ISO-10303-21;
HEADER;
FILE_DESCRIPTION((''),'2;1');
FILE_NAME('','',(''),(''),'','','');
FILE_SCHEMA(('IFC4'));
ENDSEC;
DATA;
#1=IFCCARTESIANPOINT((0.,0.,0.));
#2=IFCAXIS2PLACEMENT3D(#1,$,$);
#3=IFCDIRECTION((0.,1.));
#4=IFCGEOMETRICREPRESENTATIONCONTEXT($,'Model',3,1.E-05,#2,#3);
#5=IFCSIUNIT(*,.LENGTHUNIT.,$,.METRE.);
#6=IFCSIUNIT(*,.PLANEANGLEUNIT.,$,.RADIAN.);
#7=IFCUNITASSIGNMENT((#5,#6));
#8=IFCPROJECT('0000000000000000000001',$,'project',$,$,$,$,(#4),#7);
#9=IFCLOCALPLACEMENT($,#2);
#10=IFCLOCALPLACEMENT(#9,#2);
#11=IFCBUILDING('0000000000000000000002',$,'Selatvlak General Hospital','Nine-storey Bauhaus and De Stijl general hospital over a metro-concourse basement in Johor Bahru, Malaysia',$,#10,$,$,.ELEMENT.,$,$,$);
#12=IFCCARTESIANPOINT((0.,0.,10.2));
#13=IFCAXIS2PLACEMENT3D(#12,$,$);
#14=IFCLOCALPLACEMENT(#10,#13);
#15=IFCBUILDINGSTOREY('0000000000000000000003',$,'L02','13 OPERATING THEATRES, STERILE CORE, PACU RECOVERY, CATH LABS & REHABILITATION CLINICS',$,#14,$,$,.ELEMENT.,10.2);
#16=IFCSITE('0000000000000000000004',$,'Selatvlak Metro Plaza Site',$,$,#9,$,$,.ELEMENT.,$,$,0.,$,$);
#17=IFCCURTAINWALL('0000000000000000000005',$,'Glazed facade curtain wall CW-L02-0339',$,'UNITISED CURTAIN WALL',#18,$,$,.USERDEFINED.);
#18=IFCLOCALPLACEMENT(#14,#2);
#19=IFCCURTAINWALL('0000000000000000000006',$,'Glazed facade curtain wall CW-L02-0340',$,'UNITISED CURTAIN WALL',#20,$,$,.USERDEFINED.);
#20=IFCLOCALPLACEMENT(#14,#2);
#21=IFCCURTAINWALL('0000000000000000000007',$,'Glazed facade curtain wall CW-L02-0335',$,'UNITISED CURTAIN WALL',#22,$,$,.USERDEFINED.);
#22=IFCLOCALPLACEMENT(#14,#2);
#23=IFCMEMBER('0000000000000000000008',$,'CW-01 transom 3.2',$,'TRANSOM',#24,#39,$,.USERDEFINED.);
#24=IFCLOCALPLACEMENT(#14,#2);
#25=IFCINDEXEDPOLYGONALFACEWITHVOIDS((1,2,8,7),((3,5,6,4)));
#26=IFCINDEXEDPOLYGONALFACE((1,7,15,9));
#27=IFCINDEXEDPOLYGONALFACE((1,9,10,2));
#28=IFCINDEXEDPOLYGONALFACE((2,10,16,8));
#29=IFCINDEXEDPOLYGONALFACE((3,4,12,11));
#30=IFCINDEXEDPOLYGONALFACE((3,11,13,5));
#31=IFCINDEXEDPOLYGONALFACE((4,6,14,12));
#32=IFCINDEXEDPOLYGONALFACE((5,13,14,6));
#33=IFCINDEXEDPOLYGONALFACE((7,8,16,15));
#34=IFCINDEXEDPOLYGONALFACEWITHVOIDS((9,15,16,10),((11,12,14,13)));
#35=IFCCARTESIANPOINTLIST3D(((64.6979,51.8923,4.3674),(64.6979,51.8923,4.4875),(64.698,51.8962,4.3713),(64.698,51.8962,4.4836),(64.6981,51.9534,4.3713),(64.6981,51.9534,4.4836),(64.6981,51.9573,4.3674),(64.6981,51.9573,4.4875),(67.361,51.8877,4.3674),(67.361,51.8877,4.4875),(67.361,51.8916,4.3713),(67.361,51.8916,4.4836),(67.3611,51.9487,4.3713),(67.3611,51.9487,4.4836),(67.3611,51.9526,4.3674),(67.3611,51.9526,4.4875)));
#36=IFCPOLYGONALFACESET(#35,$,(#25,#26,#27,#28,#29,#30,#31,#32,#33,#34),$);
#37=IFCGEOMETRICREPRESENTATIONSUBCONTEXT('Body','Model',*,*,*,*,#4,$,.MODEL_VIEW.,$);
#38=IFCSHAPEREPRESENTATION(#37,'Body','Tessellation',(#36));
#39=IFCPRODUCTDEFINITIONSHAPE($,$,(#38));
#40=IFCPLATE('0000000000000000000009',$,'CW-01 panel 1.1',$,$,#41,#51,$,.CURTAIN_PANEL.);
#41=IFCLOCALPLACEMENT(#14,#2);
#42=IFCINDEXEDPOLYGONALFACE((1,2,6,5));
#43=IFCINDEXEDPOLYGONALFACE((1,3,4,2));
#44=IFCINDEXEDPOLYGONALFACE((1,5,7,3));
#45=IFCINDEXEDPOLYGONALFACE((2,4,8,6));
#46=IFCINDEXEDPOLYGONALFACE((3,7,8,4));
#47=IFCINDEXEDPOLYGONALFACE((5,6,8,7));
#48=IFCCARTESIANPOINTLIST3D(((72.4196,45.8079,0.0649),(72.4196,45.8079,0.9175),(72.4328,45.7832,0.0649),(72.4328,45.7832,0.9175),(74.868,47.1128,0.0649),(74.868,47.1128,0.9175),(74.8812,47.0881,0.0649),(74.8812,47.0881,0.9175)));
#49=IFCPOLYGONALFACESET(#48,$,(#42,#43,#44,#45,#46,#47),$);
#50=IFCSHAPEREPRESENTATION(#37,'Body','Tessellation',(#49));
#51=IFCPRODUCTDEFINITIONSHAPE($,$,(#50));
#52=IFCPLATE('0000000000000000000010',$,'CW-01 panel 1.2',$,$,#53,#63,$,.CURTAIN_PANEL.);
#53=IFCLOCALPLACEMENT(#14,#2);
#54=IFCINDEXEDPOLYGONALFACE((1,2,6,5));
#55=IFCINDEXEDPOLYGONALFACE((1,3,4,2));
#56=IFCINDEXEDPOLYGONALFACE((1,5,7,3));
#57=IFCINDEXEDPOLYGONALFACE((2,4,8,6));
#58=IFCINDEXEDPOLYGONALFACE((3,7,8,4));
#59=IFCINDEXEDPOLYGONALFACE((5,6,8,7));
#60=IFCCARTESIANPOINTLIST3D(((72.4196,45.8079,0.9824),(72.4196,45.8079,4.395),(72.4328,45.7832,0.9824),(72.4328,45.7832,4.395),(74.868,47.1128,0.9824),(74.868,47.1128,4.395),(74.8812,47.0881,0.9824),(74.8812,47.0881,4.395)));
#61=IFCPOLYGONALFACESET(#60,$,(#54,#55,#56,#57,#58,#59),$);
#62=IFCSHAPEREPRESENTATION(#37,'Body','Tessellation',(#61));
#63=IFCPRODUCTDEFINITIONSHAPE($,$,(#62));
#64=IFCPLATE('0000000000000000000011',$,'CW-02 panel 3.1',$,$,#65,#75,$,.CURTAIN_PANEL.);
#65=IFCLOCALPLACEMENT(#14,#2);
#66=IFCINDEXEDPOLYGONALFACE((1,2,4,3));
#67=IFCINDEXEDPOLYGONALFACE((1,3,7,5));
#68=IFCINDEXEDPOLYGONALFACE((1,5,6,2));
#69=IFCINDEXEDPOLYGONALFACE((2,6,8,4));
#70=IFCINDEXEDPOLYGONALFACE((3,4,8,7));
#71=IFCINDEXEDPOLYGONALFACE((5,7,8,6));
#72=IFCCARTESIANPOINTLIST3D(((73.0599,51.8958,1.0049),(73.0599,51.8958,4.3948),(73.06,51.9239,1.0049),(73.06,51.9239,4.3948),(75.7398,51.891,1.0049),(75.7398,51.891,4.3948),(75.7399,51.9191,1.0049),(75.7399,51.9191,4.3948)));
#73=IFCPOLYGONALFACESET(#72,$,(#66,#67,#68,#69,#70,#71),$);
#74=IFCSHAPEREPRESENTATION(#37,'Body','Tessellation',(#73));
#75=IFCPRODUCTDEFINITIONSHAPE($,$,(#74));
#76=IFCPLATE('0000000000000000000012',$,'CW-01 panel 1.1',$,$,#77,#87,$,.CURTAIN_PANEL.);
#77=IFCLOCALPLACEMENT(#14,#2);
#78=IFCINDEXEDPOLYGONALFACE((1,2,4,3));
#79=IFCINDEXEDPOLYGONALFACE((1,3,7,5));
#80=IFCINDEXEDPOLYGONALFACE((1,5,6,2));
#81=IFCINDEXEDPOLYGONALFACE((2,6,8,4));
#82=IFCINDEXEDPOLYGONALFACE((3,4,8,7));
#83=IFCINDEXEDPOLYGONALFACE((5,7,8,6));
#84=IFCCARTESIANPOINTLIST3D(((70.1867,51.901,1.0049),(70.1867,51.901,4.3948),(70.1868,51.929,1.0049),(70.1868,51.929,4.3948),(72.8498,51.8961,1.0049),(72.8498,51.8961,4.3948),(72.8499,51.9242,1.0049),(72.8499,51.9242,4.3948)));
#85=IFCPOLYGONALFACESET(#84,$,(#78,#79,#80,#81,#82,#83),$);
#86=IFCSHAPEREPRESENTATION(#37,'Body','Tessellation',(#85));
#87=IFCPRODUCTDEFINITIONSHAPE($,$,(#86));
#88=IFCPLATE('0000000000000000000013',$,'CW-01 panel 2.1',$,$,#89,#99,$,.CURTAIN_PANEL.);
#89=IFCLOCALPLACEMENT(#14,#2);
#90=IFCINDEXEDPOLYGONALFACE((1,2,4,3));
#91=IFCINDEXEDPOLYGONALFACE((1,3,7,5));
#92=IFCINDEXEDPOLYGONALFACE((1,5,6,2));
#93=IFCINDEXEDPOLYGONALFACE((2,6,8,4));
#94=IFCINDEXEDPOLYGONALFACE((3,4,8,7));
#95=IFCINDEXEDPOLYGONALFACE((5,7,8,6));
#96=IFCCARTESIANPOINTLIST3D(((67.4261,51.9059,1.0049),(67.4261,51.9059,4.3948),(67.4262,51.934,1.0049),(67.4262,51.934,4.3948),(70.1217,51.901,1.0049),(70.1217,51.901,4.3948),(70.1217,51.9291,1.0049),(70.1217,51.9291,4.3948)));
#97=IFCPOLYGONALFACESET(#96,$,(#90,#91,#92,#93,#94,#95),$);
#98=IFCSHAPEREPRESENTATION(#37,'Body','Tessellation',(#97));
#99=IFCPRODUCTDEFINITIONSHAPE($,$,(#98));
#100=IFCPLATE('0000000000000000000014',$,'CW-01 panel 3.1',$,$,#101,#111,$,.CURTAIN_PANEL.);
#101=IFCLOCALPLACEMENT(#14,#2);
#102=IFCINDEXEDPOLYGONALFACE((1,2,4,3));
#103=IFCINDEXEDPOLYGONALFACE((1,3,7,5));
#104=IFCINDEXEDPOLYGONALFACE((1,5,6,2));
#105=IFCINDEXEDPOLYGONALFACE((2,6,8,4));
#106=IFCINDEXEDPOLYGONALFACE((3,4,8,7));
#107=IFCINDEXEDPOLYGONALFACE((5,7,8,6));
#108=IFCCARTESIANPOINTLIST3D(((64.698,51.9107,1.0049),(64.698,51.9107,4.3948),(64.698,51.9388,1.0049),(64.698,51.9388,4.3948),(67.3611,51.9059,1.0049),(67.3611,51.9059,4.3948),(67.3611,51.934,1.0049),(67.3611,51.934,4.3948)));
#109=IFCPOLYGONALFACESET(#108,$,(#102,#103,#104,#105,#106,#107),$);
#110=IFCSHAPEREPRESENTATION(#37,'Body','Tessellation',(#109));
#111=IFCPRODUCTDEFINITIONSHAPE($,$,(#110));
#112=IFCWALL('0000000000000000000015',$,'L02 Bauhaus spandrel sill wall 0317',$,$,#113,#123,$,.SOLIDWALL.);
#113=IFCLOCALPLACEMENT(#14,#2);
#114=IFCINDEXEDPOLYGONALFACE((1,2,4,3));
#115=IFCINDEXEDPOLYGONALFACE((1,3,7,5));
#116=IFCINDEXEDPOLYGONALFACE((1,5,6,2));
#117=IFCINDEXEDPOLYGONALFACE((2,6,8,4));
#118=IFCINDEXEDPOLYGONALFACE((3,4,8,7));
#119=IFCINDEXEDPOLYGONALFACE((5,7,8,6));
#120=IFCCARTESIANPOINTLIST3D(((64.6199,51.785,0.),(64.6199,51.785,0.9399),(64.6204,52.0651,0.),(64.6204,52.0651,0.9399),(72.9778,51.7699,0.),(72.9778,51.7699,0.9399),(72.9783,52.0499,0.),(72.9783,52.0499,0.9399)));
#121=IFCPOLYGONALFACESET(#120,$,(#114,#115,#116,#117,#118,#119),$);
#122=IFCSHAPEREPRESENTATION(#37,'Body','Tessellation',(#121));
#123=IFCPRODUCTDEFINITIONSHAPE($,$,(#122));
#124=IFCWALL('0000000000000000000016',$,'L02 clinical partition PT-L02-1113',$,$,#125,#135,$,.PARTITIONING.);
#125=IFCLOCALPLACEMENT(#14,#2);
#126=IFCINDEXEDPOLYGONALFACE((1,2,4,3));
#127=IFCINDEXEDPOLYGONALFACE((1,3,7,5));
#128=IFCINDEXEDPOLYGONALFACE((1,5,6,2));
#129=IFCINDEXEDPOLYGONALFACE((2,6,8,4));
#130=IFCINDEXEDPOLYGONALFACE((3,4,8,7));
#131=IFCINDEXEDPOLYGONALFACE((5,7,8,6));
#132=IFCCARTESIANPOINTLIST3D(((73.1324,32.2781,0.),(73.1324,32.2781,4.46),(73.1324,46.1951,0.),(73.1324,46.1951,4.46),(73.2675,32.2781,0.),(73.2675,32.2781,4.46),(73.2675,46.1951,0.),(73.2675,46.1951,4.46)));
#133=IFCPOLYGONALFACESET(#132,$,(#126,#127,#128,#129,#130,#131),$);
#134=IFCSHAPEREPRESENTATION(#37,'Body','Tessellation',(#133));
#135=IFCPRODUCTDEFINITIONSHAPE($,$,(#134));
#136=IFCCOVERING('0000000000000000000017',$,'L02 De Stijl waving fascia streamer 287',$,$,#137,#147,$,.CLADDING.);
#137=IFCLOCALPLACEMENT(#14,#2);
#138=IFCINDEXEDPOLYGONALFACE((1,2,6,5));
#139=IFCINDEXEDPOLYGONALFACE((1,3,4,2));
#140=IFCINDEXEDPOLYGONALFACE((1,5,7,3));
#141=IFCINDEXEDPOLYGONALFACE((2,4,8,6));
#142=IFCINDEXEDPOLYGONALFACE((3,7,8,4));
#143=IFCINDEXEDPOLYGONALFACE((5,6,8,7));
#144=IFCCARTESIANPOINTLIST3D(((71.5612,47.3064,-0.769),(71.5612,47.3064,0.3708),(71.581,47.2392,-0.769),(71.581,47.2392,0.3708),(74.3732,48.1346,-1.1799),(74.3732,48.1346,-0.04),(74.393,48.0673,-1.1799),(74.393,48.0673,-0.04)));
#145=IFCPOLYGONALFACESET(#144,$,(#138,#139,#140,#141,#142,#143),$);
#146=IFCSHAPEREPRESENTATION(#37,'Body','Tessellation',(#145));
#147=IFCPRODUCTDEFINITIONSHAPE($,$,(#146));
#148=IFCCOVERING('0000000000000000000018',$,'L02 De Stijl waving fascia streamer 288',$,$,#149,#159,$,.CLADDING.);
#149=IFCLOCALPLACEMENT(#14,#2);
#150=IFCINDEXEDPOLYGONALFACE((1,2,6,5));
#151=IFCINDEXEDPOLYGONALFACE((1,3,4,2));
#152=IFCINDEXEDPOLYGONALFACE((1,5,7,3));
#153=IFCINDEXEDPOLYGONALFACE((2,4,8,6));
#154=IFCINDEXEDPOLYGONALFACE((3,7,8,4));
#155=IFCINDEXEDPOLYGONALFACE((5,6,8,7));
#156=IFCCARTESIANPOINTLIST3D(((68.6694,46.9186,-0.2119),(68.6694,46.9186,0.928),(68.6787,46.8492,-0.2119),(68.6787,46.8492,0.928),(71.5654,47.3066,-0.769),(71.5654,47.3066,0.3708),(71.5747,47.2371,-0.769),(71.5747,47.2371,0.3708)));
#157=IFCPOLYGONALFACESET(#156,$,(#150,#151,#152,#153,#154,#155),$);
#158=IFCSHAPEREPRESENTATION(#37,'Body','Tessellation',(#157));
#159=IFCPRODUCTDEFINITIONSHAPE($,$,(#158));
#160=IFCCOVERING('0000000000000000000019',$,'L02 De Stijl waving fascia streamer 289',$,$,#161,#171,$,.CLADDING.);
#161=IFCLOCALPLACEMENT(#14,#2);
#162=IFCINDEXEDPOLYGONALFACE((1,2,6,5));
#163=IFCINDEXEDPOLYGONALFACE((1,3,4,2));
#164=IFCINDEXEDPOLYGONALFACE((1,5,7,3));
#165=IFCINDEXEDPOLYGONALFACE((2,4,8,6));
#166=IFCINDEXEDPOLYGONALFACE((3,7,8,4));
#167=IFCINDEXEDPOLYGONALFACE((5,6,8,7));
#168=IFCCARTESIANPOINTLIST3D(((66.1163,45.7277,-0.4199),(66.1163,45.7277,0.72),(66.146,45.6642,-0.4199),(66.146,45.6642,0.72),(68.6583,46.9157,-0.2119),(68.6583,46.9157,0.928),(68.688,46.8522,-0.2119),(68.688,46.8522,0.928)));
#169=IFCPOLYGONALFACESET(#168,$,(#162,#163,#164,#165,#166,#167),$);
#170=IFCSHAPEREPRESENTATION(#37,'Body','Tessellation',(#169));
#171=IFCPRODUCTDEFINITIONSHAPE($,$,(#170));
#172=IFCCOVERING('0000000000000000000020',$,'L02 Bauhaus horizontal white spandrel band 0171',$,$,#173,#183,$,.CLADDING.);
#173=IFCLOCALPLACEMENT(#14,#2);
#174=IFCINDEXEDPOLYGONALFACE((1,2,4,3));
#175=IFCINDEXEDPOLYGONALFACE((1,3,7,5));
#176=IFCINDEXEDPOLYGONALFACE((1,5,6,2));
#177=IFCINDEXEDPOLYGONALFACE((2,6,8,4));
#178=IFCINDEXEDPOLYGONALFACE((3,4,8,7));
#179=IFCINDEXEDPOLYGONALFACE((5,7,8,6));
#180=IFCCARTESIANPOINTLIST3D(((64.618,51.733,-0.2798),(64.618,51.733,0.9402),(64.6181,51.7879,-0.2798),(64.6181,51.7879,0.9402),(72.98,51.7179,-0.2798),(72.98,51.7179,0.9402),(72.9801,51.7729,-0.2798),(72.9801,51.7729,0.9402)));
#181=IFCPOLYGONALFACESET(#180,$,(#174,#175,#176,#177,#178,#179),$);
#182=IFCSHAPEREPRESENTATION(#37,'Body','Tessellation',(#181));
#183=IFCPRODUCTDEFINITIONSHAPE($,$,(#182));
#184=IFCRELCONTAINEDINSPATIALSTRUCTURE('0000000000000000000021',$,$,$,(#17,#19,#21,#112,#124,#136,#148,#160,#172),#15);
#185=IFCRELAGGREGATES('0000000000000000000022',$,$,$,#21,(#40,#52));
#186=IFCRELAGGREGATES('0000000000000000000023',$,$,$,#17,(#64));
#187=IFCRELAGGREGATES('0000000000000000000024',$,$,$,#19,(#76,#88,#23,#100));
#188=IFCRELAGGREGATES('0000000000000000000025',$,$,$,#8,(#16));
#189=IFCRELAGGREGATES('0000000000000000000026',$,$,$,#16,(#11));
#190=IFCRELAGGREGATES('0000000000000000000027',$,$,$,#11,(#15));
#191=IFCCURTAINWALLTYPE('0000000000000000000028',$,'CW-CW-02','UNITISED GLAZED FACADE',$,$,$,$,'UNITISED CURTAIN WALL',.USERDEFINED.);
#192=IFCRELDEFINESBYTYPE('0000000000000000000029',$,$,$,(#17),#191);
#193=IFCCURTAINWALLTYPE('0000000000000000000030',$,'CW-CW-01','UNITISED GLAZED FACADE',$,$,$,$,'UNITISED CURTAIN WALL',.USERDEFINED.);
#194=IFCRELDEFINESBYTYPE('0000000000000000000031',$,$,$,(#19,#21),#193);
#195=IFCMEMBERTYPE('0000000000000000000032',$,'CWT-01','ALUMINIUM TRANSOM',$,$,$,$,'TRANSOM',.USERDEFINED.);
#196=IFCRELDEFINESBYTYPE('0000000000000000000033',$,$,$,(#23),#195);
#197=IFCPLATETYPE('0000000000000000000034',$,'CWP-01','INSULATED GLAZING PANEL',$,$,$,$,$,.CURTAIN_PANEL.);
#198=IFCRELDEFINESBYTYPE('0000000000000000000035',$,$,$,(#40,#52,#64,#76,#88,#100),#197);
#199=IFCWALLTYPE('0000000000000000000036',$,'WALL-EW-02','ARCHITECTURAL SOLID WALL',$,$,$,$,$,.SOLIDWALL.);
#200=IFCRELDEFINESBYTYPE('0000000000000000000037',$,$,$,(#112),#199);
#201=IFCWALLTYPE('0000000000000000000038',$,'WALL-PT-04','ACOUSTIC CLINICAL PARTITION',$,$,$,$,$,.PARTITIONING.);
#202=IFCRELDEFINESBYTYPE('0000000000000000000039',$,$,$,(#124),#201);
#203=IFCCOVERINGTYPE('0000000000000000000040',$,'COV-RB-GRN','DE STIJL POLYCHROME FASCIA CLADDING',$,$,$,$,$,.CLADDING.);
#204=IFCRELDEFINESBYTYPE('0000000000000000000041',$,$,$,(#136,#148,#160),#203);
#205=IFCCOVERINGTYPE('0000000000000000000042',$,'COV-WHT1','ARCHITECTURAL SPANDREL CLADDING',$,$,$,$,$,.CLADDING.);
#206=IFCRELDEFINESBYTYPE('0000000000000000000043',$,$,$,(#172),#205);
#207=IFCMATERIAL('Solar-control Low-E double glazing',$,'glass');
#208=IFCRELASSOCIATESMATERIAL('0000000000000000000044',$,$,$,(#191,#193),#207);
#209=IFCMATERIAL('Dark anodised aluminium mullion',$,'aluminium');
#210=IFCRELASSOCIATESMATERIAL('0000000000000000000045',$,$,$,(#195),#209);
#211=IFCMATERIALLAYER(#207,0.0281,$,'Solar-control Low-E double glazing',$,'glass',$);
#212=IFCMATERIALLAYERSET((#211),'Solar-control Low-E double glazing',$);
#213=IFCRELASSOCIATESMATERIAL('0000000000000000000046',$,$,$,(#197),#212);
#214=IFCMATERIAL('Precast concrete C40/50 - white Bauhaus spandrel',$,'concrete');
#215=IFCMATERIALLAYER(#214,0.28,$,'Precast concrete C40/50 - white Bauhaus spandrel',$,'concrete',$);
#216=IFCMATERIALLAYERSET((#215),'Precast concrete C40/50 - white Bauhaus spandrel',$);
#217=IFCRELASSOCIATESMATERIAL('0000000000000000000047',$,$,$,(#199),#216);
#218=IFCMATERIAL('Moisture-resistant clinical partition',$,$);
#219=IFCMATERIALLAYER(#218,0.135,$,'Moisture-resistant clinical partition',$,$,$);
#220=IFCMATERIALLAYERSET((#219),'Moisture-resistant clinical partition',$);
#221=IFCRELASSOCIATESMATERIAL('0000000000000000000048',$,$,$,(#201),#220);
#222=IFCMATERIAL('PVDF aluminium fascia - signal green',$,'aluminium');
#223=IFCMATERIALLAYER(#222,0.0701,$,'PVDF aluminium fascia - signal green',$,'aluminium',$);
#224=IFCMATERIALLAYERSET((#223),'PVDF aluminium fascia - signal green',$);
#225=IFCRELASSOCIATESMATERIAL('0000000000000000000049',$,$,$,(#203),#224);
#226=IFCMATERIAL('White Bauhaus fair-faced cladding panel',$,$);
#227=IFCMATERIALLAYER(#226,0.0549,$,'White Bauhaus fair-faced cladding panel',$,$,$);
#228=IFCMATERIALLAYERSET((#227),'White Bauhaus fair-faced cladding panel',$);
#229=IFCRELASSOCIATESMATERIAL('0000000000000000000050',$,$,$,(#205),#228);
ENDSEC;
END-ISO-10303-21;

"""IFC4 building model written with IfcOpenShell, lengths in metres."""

from ifc_helpers import new_model, si_unit, direction, frame, frame_2d, origin, origin_2d, place, context, subcontext, project, spatial, polyline, rectangle, hollow_rectangle, outline, extrude, material, layer, layer_set, material_profile, profile_set, type_object, element, aggregate, save


model = new_model("IFC4")

# Units and contexts
model_context = context("Model", 3, precision=1e-05, world=origin(), true_north=direction((0.0, 1.0)))
body_context = subcontext(model_context, "Body", "Model", "MODEL_VIEW")
ifc_project = project(units=[si_unit("LENGTHUNIT", "METRE"), si_unit("PLANEANGLEUNIT", "RADIAN")], contexts=[model_context])

# Site, building, storey
site_placement = place(None, origin())
site = spatial("IfcSite", under=ifc_project, at=site_placement, Name="Selatvlak Metro Plaza Site", CompositionType="ELEMENT", RefElevation=0.0)
building_placement = place(site_placement, origin())
building = spatial("IfcBuilding", under=site, at=building_placement, Name="Selatvlak General Hospital", Description="Nine-storey Bauhaus and De Stijl general hospital over a metro-concourse basement in Johor Bahru, Malaysia", CompositionType="ELEMENT")
storey_placement = place(building_placement, frame((0.0, 0.0, 10.2)))
storey = spatial("IfcBuildingStorey", under=building, at=storey_placement, Name="L02", Description="13 OPERATING THEATRES, STERILE CORE, PACU RECOVERY, CATH LABS & REHABILITATION CLINICS", CompositionType="ELEMENT", Elevation=10.2)

# Curtain wall
ifc_material_1 = material(Name="Solar-control Low-E double glazing", Category="glass")
curtain_wall_type_1 = type_object("IfcCurtainWallType", Name="CW-CW-02", Description="UNITISED GLAZED FACADE", ElementType="UNITISED CURTAIN WALL", PredefinedType="USERDEFINED", material=ifc_material_1)
curtain_wall_1_placement = place(storey_placement, origin())
curtain_wall_1 = element("IfcCurtainWall", 1, at=curtain_wall_1_placement, inside=storey, type_object=curtain_wall_type_1, Name="Glazed facade curtain wall CW-L02-0339", ObjectType="UNITISED CURTAIN WALL", PredefinedType="USERDEFINED")
ifc_material_2 = material(Name="Dark anodised aluminium mullion", Category="aluminium")

# Curtain walls
curtain_wall_type_2 = type_object("IfcCurtainWallType", Name="CW-CW-01", Description="UNITISED GLAZED FACADE", ElementType="UNITISED CURTAIN WALL", PredefinedType="USERDEFINED", material=ifc_material_1)
curtain_wall_2_placement = place(storey_placement, origin())
curtain_wall_2 = element("IfcCurtainWall", 2, at=curtain_wall_2_placement, inside=storey, type_object=curtain_wall_type_2, Name="Glazed facade curtain wall CW-L02-0340", ObjectType="UNITISED CURTAIN WALL", PredefinedType="USERDEFINED")
curtain_wall_3_placement = place(storey_placement, origin())
curtain_wall_3 = element("IfcCurtainWall", 3, at=curtain_wall_3_placement, inside=storey, type_object=curtain_wall_type_2, Name="Glazed facade curtain wall CW-L02-0335", ObjectType="UNITISED CURTAIN WALL", PredefinedType="USERDEFINED")
ifc_material_profile_1 = material_profile(ifc_material_2, hollow_rectangle(XDim=0.0649, YDim=0.1201, WallThickness=0.0039, at=origin_2d()), Name="AL-TRN 65x120x4")
ifc_profile_set_1 = profile_set([ifc_material_profile_1], Name="Dark anodised aluminium mullion")
member_type_1 = type_object("IfcMemberType", Name="CWT-01", Description="ALUMINIUM TRANSOM", ElementType="TRANSOM", PredefinedType="USERDEFINED", material=ifc_profile_set_1)

# Member
member_1_placement = place(storey_placement, frame((67.3611, 51.9202, 4.4275), z_axis=(-0.999998, 0.001742, 0.0), x_axis=(-0.001742, -0.999998, 0.0)))
member_1 = element("IfcMember", 4, at=member_1_placement, type_object=member_type_1, Name="CW-01 transom 3.2", ObjectType="TRANSOM", PredefinedType="USERDEFINED", context=body_context, shape_type="SweptSolid", body=[
    extrude(hollow_rectangle(XDim=0.0649, YDim=0.1201, WallThickness=0.0039, at=origin_2d()), origin(), (0.0, 0.0, 1.0), 2.6631),
])

# Plates
ifc_layer_1 = layer(ifc_material_1, 0.0281, Name="Solar-control Low-E double glazing", Category="glass")
ifc_layer_set_1 = layer_set([ifc_layer_1], Name="Solar-control Low-E double glazing")
plate_type = type_object("IfcPlateType", Name="CWP-01", Description="INSULATED GLAZING PANEL", PredefinedType="CURTAIN_PANEL", material=ifc_layer_set_1)
plate_1_placement = place(storey_placement, frame((73.6504, 46.448, 0.0649), z_axis=(0.0, 0.0, 1.0), x_axis=(0.882486, 0.470338, 0.0)))
plate_1 = element("IfcPlate", 5, at=plate_1_placement, type_object=plate_type, Name="CW-01 panel 1.1", PredefinedType="CURTAIN_PANEL", context=body_context, shape_type="SweptSolid", body=[
    extrude(rectangle(XDim=2.7744, YDim=0.0281, at=origin_2d()), origin(), (0.0, 0.0, 1.0), 0.8525),
])
plate_2_placement = place(storey_placement, frame((73.6504, 46.448, 0.9824), z_axis=(0.0, 0.0, 1.0), x_axis=(0.882486, 0.470338, 0.0)))
plate_2 = element("IfcPlate", 6, at=plate_2_placement, type_object=plate_type, Name="CW-01 panel 1.2", PredefinedType="CURTAIN_PANEL", context=body_context, shape_type="SweptSolid", body=[
    extrude(rectangle(XDim=2.7744, YDim=0.0281, at=origin_2d()), origin(), (0.0, 0.0, 1.0), 3.4126),
])
aggregate(curtain_wall_3, [plate_1, plate_2])
plate_3_placement = place(storey_placement, frame((74.3999, 51.9075, 1.0049), z_axis=(0.0, 0.0, 1.0), x_axis=(-0.999998, 0.0018, 0.0)))
plate_3 = element("IfcPlate", 7, at=plate_3_placement, type_object=plate_type, Name="CW-02 panel 3.1", PredefinedType="CURTAIN_PANEL", context=body_context, shape_type="SweptSolid", body=[
    extrude(rectangle(XDim=2.6799, YDim=0.0281, at=origin_2d()), origin(), (0.0, 0.0, 1.0), 3.3899),
])
aggregate(curtain_wall_1, [plate_3])
plate_4_placement = place(storey_placement, frame((71.5183, 51.9126, 1.0049), z_axis=(0.0, 0.0, 1.0), x_axis=(-0.999998, 0.001811, 0.0)))
plate_4 = element("IfcPlate", 8, at=plate_4_placement, type_object=plate_type, Name="CW-01 panel 1.1", PredefinedType="CURTAIN_PANEL", context=body_context, shape_type="SweptSolid", body=[
    extrude(rectangle(XDim=2.6631, YDim=0.0281, at=origin_2d()), origin(), (0.0, 0.0, 1.0), 3.3899),
])
plate_5_placement = place(storey_placement, frame((68.7739, 51.9175, 1.0049), z_axis=(0.0, 0.0, 1.0), x_axis=(-0.999998, 0.001811, 0.0)))
plate_5 = element("IfcPlate", 9, at=plate_5_placement, type_object=plate_type, Name="CW-01 panel 2.1", PredefinedType="CURTAIN_PANEL", context=body_context, shape_type="SweptSolid", body=[
    extrude(rectangle(XDim=2.6956, YDim=0.0281, at=origin_2d()), origin(), (0.0, 0.0, 1.0), 3.3899),
])
plate_6_placement = place(storey_placement, frame((66.0295, 51.9224, 1.0049), z_axis=(0.0, 0.0, 1.0), x_axis=(-0.999998, 0.001811, 0.0)))
plate_6 = element("IfcPlate", 10, at=plate_6_placement, type_object=plate_type, Name="CW-01 panel 3.1", PredefinedType="CURTAIN_PANEL", context=body_context, shape_type="SweptSolid", body=[
    extrude(rectangle(XDim=2.6631, YDim=0.0281, at=origin_2d()), origin(), (0.0, 0.0, 1.0), 3.3899),
])
aggregate(curtain_wall_2, [plate_4, plate_5, member_1, plate_6])

# Walls
ifc_material_3 = material(Name="Precast concrete C40/50 - white Bauhaus spandrel", Category="concrete")
ifc_layer_2 = layer(ifc_material_3, 0.28, Name="Precast concrete C40/50 - white Bauhaus spandrel", Category="concrete")
ifc_layer_set_2 = layer_set([ifc_layer_2], Name="Precast concrete C40/50 - white Bauhaus spandrel")
wall_type_1 = type_object("IfcWallType", Name="WALL-EW-02", Description="ARCHITECTURAL SOLID WALL", PredefinedType="SOLIDWALL", material=ifc_layer_set_2)
wall_1_placement = place(storey_placement, frame((72.978, 51.9099, 0.0), z_axis=(0.0, 0.0, 1.0), x_axis=(-0.999998, 0.001811, 0.0)))
element("IfcWall", 11, at=wall_1_placement, inside=storey, type_object=wall_type_1, Name="L02 Bauhaus spandrel sill wall 0317", PredefinedType="SOLIDWALL", context=body_context, shape_type="SweptSolid", body=[
    extrude(rectangle(XDim=8.3579, YDim=0.28, at=frame_2d((4.179, 0.0))), origin(), (0.0, 0.0, 1.0), 0.9399),
])
ifc_material_4 = material(Name="Moisture-resistant clinical partition")
ifc_layer_3 = layer(ifc_material_4, 0.135, Name="Moisture-resistant clinical partition")
ifc_layer_set_3 = layer_set([ifc_layer_3], Name="Moisture-resistant clinical partition")
wall_type_2 = type_object("IfcWallType", Name="WALL-PT-04", Description="ACOUSTIC CLINICAL PARTITION", PredefinedType="PARTITIONING", material=ifc_layer_set_3)
wall_2_placement = place(storey_placement, frame((73.2, 46.1951, 0.0), z_axis=(0.0, 0.0, 1.0), x_axis=(0.0, -1.0, 0.0)))
element("IfcWall", 12, at=wall_2_placement, inside=storey, type_object=wall_type_2, Name="L02 clinical partition PT-L02-1113", PredefinedType="PARTITIONING", context=body_context, shape_type="SweptSolid", body=[
    extrude(rectangle(XDim=13.917, YDim=0.135, at=frame_2d((6.9585, 0.0))), origin(), (0.0, 0.0, 1.0), 4.46),
])

# Coverings
ifc_material_5 = material(Name="PVDF aluminium fascia - signal green", Category="aluminium")
ifc_layer_4 = layer(ifc_material_5, 0.0701, Name="PVDF aluminium fascia - signal green", Category="aluminium")
ifc_layer_set_4 = layer_set([ifc_layer_4], Name="PVDF aluminium fascia - signal green")
covering_type_1 = type_object("IfcCoveringType", Name="COV-RB-GRN", Description="DE STIJL POLYCHROME FASCIA CLADDING", PredefinedType="CLADDING", material=ifc_layer_set_4)
covering_1_placement = place(storey_placement, frame((74.3831, 48.1011, -1.1799), z_axis=(0.0, 0.0, 1.0), x_axis=(-0.959267, -0.2825, 0.0)))
element("IfcCovering", 13, at=covering_1_placement, inside=storey, type_object=covering_type_1, Name="L02 De Stijl waving fascia streamer 287", PredefinedType="CLADDING", context=body_context, shape_type="SweptSolid", body=[
    extrude(outline(polyline([(0.0, 0.0), (2.9314, 0.4109), (2.9314, 1.5508), (0.0, 1.1399), (0.0, 0.0)])), frame((0.0, 0.0352, 0.0), z_axis=(0.0, -1.0, 0.0), x_axis=(1.0, 0.0, 0.0)), (0.0, 0.0, 1.0), 0.0701),
])
covering_2_placement = place(storey_placement, frame((71.5701, 47.272, -0.769), z_axis=(0.0, 0.0, 1.0), x_axis=(-0.991147, -0.132771, 0.0)))
element("IfcCovering", 14, at=covering_2_placement, inside=storey, type_object=covering_type_1, Name="L02 De Stijl waving fascia streamer 288", PredefinedType="CLADDING", context=body_context, shape_type="SweptSolid", body=[
    extrude(outline(polyline([(0.0, 0.0), (2.9219, 0.5571), (2.9219, 1.697), (0.0, 1.1399), (0.0, 0.0)])), frame((0.0, 0.0352, 0.0), z_axis=(0.0, -1.0, 0.0), x_axis=(1.0, 0.0, 0.0)), (0.0, 0.0, 1.0), 0.0701),
])
covering_3_placement = place(storey_placement, frame((68.6731, 46.884, -0.2119), z_axis=(0.0, 0.0, 1.0), x_axis=(-0.905947, -0.42339, 0.0)))
element("IfcCovering", 15, at=covering_3_placement, inside=storey, type_object=covering_type_1, Name="L02 De Stijl waving fascia streamer 289", PredefinedType="CLADDING", context=body_context, shape_type="SweptSolid", body=[
    extrude(outline(polyline([(0.0, 0.0), (2.8059, -0.208), (2.8059, 0.9319), (0.0, 1.1399), (0.0, 0.0)])), frame((0.0, 0.0352, 0.0), z_axis=(0.0, -1.0, 0.0), x_axis=(1.0, 0.0, 0.0)), (0.0, 0.0, 1.0), 0.0701),
])
ifc_material_6 = material(Name="White Bauhaus fair-faced cladding panel")
ifc_layer_5 = layer(ifc_material_6, 0.0549, Name="White Bauhaus fair-faced cladding panel")
ifc_layer_set_5 = layer_set([ifc_layer_5], Name="White Bauhaus fair-faced cladding panel")
covering_type_2 = type_object("IfcCoveringType", Name="COV-WHT1", Description="ARCHITECTURAL SPANDREL CLADDING", PredefinedType="CLADDING", material=ifc_layer_set_5)
covering_4_placement = place(storey_placement, frame((68.7991, 51.7529, -0.2798), z_axis=(0.0, 0.0, 1.0), x_axis=(-0.999998, 0.001798, 0.0)))
element("IfcCovering", 16, at=covering_4_placement, inside=storey, type_object=covering_type_2, Name="L02 Bauhaus horizontal white spandrel band 0171", PredefinedType="CLADDING", context=body_context, shape_type="SweptSolid", body=[
    extrude(rectangle(XDim=8.3621, YDim=0.0549, at=origin_2d()), origin(), (0.0, 0.0, 1.0), 1.22),
])

save(model, "model.ifc")
